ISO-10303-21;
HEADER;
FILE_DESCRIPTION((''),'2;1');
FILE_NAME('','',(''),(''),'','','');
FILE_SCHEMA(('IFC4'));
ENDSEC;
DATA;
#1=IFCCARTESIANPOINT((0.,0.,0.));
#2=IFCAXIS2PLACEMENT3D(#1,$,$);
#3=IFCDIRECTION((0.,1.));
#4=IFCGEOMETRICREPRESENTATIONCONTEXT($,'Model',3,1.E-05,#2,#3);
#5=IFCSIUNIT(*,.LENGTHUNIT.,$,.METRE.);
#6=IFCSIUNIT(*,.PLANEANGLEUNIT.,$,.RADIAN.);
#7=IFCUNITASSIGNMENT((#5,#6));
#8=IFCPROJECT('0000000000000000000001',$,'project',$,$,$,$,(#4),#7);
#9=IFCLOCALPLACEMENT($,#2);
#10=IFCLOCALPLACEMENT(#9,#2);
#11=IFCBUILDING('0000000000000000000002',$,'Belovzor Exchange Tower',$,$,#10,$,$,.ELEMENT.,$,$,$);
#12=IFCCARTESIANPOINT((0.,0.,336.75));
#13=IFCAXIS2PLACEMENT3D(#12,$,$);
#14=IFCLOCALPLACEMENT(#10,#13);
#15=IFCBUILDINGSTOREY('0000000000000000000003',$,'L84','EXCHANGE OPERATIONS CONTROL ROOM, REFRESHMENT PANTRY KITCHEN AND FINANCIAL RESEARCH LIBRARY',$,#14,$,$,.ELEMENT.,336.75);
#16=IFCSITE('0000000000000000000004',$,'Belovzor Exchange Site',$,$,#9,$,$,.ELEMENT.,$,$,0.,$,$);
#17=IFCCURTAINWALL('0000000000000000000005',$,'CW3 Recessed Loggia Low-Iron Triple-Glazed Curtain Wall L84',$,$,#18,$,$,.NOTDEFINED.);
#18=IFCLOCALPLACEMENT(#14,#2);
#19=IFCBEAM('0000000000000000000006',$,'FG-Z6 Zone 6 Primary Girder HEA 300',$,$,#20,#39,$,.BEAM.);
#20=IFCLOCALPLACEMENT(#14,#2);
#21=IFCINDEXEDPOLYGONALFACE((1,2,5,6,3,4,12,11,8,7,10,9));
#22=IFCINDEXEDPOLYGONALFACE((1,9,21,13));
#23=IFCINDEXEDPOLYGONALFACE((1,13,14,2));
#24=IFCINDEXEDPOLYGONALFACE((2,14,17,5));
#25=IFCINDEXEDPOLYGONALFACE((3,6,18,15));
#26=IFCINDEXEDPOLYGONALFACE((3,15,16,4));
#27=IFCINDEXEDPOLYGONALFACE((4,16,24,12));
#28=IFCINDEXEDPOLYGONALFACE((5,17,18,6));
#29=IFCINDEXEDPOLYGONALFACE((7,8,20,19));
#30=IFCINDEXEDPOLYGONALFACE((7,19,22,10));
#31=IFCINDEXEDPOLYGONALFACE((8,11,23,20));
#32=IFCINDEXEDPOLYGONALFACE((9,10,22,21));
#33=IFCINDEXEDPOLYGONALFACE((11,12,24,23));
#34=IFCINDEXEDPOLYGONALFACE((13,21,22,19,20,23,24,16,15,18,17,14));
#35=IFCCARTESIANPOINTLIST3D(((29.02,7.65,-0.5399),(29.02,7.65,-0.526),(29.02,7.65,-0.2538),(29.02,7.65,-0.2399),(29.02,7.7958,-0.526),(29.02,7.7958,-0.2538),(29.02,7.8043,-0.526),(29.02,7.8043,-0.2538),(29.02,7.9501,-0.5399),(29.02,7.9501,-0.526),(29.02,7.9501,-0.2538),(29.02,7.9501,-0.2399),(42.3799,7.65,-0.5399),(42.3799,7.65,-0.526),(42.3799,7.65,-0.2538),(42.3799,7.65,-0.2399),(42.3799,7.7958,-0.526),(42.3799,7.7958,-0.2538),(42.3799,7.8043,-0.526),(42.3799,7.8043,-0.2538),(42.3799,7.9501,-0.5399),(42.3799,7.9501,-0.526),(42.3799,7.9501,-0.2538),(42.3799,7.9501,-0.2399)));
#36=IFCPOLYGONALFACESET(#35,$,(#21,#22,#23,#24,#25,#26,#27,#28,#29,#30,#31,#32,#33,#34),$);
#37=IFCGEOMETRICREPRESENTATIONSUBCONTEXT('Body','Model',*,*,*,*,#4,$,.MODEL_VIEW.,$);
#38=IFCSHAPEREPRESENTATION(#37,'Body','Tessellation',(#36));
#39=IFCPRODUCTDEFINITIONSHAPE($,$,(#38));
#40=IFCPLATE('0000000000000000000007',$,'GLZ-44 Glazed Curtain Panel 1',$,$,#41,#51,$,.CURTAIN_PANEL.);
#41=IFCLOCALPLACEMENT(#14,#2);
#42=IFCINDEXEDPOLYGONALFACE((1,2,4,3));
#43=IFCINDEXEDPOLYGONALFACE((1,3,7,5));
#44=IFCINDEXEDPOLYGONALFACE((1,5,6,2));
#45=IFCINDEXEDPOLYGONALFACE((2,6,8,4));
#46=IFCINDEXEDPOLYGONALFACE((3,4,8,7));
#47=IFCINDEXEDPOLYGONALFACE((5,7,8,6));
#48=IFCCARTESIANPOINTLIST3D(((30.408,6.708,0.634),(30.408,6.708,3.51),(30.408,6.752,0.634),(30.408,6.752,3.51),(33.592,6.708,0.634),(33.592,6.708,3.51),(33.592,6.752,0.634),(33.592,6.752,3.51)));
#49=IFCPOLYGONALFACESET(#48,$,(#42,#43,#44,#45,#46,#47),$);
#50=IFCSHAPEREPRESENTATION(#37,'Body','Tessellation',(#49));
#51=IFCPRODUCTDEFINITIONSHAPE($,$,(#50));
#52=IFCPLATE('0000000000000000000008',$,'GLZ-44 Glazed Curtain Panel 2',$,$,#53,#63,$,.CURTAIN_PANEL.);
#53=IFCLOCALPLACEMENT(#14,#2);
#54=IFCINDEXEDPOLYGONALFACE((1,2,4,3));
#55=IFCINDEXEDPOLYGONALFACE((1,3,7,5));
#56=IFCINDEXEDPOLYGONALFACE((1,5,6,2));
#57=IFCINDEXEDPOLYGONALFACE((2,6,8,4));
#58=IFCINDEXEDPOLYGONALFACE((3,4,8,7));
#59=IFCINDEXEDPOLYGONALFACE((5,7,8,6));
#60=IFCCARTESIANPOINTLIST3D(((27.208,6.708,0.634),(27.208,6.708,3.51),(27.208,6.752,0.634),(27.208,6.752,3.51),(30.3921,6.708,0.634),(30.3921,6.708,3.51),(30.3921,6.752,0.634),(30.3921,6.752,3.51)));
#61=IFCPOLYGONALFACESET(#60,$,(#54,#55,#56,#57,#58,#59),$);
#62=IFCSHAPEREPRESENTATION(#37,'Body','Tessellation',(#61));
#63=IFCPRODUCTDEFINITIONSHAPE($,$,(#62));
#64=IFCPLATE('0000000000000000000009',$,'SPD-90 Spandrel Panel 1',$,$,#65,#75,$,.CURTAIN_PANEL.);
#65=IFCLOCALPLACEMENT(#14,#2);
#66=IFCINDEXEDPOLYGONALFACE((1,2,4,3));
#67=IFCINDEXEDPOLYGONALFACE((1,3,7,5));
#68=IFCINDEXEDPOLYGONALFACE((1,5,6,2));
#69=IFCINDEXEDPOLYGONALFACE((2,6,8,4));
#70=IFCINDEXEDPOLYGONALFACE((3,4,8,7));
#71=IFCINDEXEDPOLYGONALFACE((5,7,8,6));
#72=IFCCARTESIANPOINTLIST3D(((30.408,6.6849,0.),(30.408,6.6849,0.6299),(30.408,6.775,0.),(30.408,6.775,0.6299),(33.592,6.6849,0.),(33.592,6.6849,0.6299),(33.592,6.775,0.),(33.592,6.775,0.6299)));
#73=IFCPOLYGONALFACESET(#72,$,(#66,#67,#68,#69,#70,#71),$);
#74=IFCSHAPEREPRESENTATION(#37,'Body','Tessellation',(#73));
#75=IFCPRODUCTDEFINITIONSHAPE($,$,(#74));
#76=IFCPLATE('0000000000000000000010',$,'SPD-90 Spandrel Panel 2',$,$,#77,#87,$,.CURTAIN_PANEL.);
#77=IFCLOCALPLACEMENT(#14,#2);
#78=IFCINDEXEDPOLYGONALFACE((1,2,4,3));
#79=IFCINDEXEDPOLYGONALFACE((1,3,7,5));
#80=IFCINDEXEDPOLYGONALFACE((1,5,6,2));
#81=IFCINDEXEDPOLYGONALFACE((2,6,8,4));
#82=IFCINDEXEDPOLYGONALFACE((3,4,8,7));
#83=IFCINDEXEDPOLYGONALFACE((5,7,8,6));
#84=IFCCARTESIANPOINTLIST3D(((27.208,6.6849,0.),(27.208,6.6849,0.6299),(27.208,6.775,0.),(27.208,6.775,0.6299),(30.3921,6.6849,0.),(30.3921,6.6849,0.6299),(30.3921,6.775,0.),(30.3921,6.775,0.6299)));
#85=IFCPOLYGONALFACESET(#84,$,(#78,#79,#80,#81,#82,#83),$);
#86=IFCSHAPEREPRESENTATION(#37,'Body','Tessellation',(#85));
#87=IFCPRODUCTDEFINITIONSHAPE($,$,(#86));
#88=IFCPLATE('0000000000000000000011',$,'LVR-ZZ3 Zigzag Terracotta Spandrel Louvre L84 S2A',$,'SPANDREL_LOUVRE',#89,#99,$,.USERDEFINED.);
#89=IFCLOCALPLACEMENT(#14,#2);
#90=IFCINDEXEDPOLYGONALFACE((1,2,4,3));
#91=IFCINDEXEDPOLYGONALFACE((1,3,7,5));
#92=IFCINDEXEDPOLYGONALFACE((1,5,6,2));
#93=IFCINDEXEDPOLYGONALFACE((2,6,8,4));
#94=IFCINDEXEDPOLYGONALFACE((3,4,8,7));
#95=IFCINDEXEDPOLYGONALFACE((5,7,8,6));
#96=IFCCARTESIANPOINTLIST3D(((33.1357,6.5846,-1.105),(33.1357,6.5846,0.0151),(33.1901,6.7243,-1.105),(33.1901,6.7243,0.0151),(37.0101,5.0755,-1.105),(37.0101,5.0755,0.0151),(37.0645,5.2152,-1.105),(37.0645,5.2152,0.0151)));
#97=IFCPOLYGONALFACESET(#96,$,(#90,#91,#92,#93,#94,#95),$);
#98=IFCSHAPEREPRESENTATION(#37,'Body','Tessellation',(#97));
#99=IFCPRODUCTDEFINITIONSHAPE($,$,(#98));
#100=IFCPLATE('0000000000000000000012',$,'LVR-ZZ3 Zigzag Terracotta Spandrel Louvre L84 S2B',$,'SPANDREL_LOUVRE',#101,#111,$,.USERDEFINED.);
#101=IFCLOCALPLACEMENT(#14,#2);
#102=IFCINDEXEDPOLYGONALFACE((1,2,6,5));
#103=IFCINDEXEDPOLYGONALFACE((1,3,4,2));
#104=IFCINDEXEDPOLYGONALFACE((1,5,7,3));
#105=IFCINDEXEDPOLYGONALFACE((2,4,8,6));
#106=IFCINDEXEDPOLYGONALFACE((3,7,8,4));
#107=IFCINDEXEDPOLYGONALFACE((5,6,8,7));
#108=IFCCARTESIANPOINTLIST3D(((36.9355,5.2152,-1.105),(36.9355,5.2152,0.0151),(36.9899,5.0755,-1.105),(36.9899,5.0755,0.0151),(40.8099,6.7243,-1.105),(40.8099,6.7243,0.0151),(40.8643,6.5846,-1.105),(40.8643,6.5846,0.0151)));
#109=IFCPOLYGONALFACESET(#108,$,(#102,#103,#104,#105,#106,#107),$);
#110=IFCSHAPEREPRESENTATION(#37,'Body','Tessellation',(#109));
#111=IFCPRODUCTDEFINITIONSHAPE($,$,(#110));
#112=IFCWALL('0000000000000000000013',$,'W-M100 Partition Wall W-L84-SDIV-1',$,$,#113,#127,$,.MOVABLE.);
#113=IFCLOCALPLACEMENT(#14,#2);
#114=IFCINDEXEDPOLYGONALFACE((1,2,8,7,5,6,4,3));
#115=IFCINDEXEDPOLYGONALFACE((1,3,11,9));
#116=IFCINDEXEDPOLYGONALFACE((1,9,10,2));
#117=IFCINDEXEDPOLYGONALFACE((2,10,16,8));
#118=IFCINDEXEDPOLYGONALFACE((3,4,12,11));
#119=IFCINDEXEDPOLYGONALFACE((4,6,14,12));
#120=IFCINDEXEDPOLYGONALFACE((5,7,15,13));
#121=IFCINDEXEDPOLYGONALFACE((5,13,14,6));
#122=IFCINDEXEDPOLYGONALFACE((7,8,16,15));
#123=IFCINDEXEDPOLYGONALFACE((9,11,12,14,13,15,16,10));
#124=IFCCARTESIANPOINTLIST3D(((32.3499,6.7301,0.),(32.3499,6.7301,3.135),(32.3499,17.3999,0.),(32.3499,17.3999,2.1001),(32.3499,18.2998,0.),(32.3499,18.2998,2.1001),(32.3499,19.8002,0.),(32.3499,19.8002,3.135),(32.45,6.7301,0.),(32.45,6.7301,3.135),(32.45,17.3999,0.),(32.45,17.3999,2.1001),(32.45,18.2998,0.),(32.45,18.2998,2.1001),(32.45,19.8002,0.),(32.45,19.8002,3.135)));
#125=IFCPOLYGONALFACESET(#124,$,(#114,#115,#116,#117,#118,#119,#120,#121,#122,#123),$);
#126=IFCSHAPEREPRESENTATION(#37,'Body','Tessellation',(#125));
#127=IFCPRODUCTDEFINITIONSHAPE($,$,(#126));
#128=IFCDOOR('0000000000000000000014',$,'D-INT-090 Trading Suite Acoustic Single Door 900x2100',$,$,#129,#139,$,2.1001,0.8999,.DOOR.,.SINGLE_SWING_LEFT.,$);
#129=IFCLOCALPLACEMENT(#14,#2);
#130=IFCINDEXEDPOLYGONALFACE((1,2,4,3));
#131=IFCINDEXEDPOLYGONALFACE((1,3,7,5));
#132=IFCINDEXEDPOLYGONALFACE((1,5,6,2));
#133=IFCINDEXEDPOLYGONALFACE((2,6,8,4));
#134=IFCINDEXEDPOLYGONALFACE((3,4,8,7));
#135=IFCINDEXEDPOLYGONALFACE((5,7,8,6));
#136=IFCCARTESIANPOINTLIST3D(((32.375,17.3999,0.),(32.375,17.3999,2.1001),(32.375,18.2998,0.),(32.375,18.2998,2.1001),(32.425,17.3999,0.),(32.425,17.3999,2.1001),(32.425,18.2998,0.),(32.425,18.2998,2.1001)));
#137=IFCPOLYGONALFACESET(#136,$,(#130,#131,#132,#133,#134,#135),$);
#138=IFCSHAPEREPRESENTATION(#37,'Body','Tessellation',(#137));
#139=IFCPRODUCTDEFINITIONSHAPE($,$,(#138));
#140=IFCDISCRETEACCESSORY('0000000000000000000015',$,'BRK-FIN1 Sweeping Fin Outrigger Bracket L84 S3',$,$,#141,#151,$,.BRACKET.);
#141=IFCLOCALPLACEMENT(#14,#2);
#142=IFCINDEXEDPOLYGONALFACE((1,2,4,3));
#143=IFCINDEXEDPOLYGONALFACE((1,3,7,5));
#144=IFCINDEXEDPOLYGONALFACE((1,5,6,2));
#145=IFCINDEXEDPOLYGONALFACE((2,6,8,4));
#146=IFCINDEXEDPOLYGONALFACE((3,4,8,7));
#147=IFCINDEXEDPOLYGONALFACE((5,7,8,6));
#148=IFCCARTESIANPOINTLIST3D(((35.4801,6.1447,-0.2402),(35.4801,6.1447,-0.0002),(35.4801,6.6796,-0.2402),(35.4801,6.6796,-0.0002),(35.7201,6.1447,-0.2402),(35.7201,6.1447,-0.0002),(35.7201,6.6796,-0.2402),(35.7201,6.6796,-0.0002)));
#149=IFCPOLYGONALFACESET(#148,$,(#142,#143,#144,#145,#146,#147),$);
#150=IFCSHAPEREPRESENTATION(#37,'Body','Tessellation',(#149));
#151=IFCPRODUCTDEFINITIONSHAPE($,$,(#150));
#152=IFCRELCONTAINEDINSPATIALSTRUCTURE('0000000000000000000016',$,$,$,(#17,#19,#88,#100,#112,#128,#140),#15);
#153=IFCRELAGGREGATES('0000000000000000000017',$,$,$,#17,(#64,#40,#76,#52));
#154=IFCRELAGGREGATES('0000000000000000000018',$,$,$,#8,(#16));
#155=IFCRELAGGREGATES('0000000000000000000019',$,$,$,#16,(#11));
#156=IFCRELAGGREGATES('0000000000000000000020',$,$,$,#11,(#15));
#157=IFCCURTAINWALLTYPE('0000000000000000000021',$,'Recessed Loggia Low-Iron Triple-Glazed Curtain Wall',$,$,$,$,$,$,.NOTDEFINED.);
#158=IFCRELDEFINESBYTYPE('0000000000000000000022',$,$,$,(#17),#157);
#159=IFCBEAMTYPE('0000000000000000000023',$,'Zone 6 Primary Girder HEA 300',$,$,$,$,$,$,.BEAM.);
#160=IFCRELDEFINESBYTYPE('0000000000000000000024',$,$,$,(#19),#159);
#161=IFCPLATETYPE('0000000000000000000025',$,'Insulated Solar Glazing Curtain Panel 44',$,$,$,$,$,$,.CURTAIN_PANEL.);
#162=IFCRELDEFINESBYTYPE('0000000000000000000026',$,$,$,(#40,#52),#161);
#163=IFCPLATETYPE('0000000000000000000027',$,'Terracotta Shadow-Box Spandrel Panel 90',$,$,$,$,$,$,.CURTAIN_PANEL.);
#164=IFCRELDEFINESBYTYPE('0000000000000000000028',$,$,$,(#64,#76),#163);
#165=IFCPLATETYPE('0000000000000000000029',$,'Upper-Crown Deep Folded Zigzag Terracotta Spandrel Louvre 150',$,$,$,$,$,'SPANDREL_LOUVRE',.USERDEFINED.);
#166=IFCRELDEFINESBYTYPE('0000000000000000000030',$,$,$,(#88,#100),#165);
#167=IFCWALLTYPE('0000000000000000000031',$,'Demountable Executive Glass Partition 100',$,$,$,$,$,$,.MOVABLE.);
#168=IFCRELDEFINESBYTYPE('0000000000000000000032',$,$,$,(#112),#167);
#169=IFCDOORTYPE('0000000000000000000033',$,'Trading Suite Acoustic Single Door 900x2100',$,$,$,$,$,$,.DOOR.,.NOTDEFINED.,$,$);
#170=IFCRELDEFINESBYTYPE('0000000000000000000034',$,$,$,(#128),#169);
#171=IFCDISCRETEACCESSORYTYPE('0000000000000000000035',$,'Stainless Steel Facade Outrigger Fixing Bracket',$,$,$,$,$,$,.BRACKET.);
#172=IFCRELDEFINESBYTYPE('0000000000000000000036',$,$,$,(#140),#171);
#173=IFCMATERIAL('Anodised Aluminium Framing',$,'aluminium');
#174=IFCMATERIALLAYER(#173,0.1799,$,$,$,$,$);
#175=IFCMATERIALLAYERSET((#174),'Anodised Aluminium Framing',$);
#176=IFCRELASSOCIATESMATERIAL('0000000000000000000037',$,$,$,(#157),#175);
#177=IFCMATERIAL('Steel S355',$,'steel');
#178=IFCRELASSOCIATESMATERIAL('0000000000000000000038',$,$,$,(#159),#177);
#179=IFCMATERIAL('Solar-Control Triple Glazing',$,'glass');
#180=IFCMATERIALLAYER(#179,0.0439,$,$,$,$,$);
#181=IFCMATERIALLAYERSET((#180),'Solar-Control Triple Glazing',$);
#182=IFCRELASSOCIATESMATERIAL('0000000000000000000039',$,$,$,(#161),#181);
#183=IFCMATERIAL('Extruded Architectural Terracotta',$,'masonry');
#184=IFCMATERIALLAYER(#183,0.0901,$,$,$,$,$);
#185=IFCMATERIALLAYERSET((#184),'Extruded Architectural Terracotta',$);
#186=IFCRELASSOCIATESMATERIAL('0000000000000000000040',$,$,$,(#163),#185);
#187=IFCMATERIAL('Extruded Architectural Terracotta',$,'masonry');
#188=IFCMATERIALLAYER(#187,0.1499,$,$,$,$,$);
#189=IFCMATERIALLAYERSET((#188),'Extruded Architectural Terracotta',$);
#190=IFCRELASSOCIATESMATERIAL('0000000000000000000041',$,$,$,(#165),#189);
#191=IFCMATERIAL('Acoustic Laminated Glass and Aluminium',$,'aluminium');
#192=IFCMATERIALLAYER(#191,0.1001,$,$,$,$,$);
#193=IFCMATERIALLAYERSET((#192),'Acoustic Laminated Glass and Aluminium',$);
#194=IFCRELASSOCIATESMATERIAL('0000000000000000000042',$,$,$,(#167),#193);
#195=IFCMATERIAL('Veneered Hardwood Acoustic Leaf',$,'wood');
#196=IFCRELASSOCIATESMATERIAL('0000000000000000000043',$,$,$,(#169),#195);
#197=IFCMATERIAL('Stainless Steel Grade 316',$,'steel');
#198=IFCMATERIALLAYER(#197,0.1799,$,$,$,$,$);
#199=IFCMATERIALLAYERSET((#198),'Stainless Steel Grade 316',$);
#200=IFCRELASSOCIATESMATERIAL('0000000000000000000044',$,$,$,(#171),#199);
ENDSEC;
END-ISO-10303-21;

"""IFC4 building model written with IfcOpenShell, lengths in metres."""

from ifc_helpers import new_model, si_unit, direction, frame, frame_2d, origin, origin_2d, place, context, subcontext, project, spatial, rectangle, i_section, extrude, material, layer, layer_set, material_profile, profile_set, type_object, element, fill, aggregate, save


model = new_model("IFC4")

# Units and contexts
model_context = context("Model", 3, precision=1e-05, world=origin(), true_north=direction((0.0, 1.0)))
body_context = subcontext(model_context, "Body", "Model", "MODEL_VIEW")
ifc_project = project(units=[si_unit("LENGTHUNIT", "METRE"), si_unit("PLANEANGLEUNIT", "RADIAN")], contexts=[model_context])

# Site, building, storey
site_placement = place(None, origin())
site = spatial("IfcSite", under=ifc_project, at=site_placement, Name="Belovzor Exchange Site", CompositionType="ELEMENT", RefElevation=0.0)
building_placement = place(site_placement, origin())
building = spatial("IfcBuilding", under=site, at=building_placement, Name="Belovzor Exchange Tower", CompositionType="ELEMENT")
storey_placement = place(building_placement, frame((0.0, 0.0, 336.75)))
storey = spatial("IfcBuildingStorey", under=building, at=storey_placement, Name="L84", Description="EXCHANGE OPERATIONS CONTROL ROOM, REFRESHMENT PANTRY KITCHEN AND FINANCIAL RESEARCH LIBRARY", CompositionType="ELEMENT", Elevation=336.75)

# Curtain wall
ifc_material_1 = material(Name="Anodised Aluminium Framing", Category="aluminium")
ifc_layer_1 = layer(ifc_material_1, 0.1799)
ifc_layer_set_1 = layer_set([ifc_layer_1], Name="Anodised Aluminium Framing")
curtain_wall_type = type_object("IfcCurtainWallType", Name="Recessed Loggia Low-Iron Triple-Glazed Curtain Wall", PredefinedType="NOTDEFINED", material=ifc_layer_set_1)
curtain_wall_placement = place(storey_placement, origin())
curtain_wall = element("IfcCurtainWall", 1, at=curtain_wall_placement, inside=storey, type_object=curtain_wall_type, Name="CW3 Recessed Loggia Low-Iron Triple-Glazed Curtain Wall L84", PredefinedType="NOTDEFINED")

# Beam
ifc_material_2 = material(Name="Steel S355", Category="steel")
ifc_material_profile_1 = material_profile(ifc_material_2, i_section(OverallWidth=0.3, OverallDepth=0.3, WebThickness=0.0085, FlangeThickness=0.0139, at=origin_2d()))
ifc_profile_set_1 = profile_set([ifc_material_profile_1], Name="Steel S355")
beam_type_1 = type_object("IfcBeamType", Name="Zone 6 Primary Girder HEA 300", PredefinedType="BEAM", material=ifc_profile_set_1)
beam_1_placement = place(storey_placement, frame((29.02, 7.8, -0.3899), z_axis=(1.0, 0.0, 0.0), x_axis=(0.0, 1.0, 0.0)))
element("IfcBeam", 2, at=beam_1_placement, inside=storey, type_object=beam_type_1, Name="FG-Z6 Zone 6 Primary Girder HEA 300", PredefinedType="BEAM", context=body_context, shape_type="SweptSolid", body=[
    extrude(i_section(OverallWidth=0.3, OverallDepth=0.3, WebThickness=0.0085, FlangeThickness=0.0139, at=origin_2d()), origin(), (0.0, 0.0, 1.0), 13.3599),
])

# Plates
ifc_material_3 = material(Name="Solar-Control Triple Glazing", Category="glass")
ifc_layer_2 = layer(ifc_material_3, 0.0439)
ifc_layer_set_2 = layer_set([ifc_layer_2], Name="Solar-Control Triple Glazing")
plate_type_1 = type_object("IfcPlateType", Name="Insulated Solar Glazing Curtain Panel 44", PredefinedType="CURTAIN_PANEL", material=ifc_layer_set_2)
plate_1_placement = place(storey_placement, frame((32.0, 6.73, 0.634), z_axis=(0.0, 0.0, 1.0), x_axis=(-1.0, 0.0, 0.0)))
plate_1 = element("IfcPlate", 3, at=plate_1_placement, type_object=plate_type_1, Name="GLZ-44 Glazed Curtain Panel 1", PredefinedType="CURTAIN_PANEL", context=body_context, shape_type="SweptSolid", body=[
    extrude(rectangle(XDim=3.1841, YDim=0.0439, at=origin_2d()), origin(), (0.0, 0.0, 1.0), 2.876),
])
plate_2_placement = place(storey_placement, frame((28.8, 6.73, 0.634), z_axis=(0.0, 0.0, 1.0), x_axis=(-1.0, 0.0, 0.0)))
plate_2 = element("IfcPlate", 4, at=plate_2_placement, type_object=plate_type_1, Name="GLZ-44 Glazed Curtain Panel 2", PredefinedType="CURTAIN_PANEL", context=body_context, shape_type="SweptSolid", body=[
    extrude(rectangle(XDim=3.1841, YDim=0.0439, at=origin_2d()), origin(), (0.0, 0.0, 1.0), 2.876),
])
ifc_material_4 = material(Name="Extruded Architectural Terracotta", Category="masonry")
ifc_layer_3 = layer(ifc_material_4, 0.0901)
ifc_layer_set_3 = layer_set([ifc_layer_3], Name="Extruded Architectural Terracotta")
plate_type_2 = type_object("IfcPlateType", Name="Terracotta Shadow-Box Spandrel Panel 90", PredefinedType="CURTAIN_PANEL", material=ifc_layer_set_3)
plate_3_placement = place(storey_placement, frame((32.0, 6.73, 0.0), z_axis=(0.0, 0.0, 1.0), x_axis=(-1.0, 0.0, 0.0)))
plate_3 = element("IfcPlate", 5, at=plate_3_placement, type_object=plate_type_2, Name="SPD-90 Spandrel Panel 1", PredefinedType="CURTAIN_PANEL", context=body_context, shape_type="SweptSolid", body=[
    extrude(rectangle(XDim=3.1841, YDim=0.0901, at=origin_2d()), origin(), (0.0, 0.0, 1.0), 0.6299),
])
plate_4_placement = place(storey_placement, frame((28.8, 6.73, 0.0), z_axis=(0.0, 0.0, 1.0), x_axis=(-1.0, 0.0, 0.0)))
plate_4 = element("IfcPlate", 6, at=plate_4_placement, type_object=plate_type_2, Name="SPD-90 Spandrel Panel 2", PredefinedType="CURTAIN_PANEL", context=body_context, shape_type="SweptSolid", body=[
    extrude(rectangle(XDim=3.1841, YDim=0.0901, at=origin_2d()), origin(), (0.0, 0.0, 1.0), 0.6299),
])
aggregate(curtain_wall, [plate_3, plate_1, plate_4, plate_2])

# Plates
ifc_material_5 = material(Name="Extruded Architectural Terracotta", Category="masonry")
ifc_layer_4 = layer(ifc_material_5, 0.1499)
ifc_layer_set_4 = layer_set([ifc_layer_4], Name="Extruded Architectural Terracotta")
plate_type_3 = type_object("IfcPlateType", Name="Upper-Crown Deep Folded Zigzag Terracotta Spandrel Louvre 150", ElementType="SPANDREL_LOUVRE", PredefinedType="USERDEFINED", material=ifc_layer_set_4)
for number, where, z_axis, x_axis, name in (
    (7, (35.1001, 5.8999, -1.105), (0.0, 0.0, 1.0), (0.931818, -0.362926, 0.0), "LVR-ZZ3 Zigzag Terracotta Spandrel Louvre L84 S2A"),
    (8, (38.8999, 5.8999, -1.105), (0.0, 0.0, 1.0), (0.931818, 0.362926, 0.0), "LVR-ZZ3 Zigzag Terracotta Spandrel Louvre L84 S2B"),
):
    element("IfcPlate", number, at=place(storey_placement, frame(where, z_axis=z_axis, x_axis=x_axis)), inside=storey, type_object=plate_type_3, Name=name, ObjectType="SPANDREL_LOUVRE", PredefinedType="USERDEFINED", context=body_context, shape_type="SweptSolid", body=[
        extrude(rectangle(XDim=4.158, YDim=0.1499, at=origin_2d()), origin(), (0.0, 0.0, 1.0), 1.1201),
    ])

# Wall, opening, door
ifc_material_6 = material(Name="Acoustic Laminated Glass and Aluminium", Category="aluminium")
ifc_layer_5 = layer(ifc_material_6, 0.1001)
ifc_layer_set_5 = layer_set([ifc_layer_5], Name="Acoustic Laminated Glass and Aluminium")
wall_type = type_object("IfcWallType", Name="Demountable Executive Glass Partition 100", PredefinedType="MOVABLE", material=ifc_layer_set_5)
wall_placement = place(storey_placement, frame((32.3999, 6.73, 0.0), z_axis=(0.0, 0.0, 1.0), x_axis=(0.0, 1.0, 0.0)))
wall = element("IfcWall", 9, at=wall_placement, inside=storey, type_object=wall_type, Name="W-M100 Partition Wall W-L84-SDIV-1", PredefinedType="MOVABLE", context=body_context, shape_type="SweptSolid", body=[
    extrude(rectangle(XDim=13.0701, YDim=0.1001, at=frame_2d((6.5352, 0.0))), origin(), (0.0, 0.0, 1.0), 3.135),
])
opening_placement = place(wall_placement, frame((10.6699, 0.0, 0.0)))
opening = element("IfcOpeningElement", 10, at=opening_placement, cuts=wall, PredefinedType="OPENING", context=body_context, shape_type="SweptSolid", body=[
    extrude(rectangle(XDim=0.8999, YDim=2.1001, at=frame_2d((0.45, 1.05))), frame((0.0, 0.0601, 0.0), z_axis=(0.0, -1.0, 0.0), x_axis=(1.0, 0.0, 0.0)), (0.0, 0.0, 1.0), 0.1201),
])
ifc_material_7 = material(Name="Veneered Hardwood Acoustic Leaf", Category="wood")
door_type = type_object("IfcDoorType", Name="Trading Suite Acoustic Single Door 900x2100", OperationType="NOTDEFINED", PredefinedType="DOOR", material=ifc_material_7)
door_placement = place(opening_placement, origin())
door = element("IfcDoor", 11, at=door_placement, inside=storey, type_object=door_type, Name="D-INT-090 Trading Suite Acoustic Single Door 900x2100", OperationType="SINGLE_SWING_LEFT", OverallHeight=2.1001, OverallWidth=0.8999, PredefinedType="DOOR", context=body_context, shape_type="SweptSolid", body=[
    extrude(rectangle(XDim=0.8999, YDim=2.1001, at=frame_2d((0.45, 1.05))), frame((0.0, 0.0249, 0.0), z_axis=(0.0, -1.0, 0.0), x_axis=(1.0, 0.0, 0.0)), (0.0, 0.0, 1.0), 0.05),
])
fill(opening, door)

# Discrete accessory
ifc_material_8 = material(Name="Stainless Steel Grade 316", Category="steel")
ifc_layer_6 = layer(ifc_material_8, 0.1799)
ifc_layer_set_6 = layer_set([ifc_layer_6], Name="Stainless Steel Grade 316")
discrete_accessory_type = type_object("IfcDiscreteAccessoryType", Name="Stainless Steel Facade Outrigger Fixing Bracket", PredefinedType="BRACKET", material=ifc_layer_set_6)
discrete_accessory_placement = place(storey_placement, frame((35.6001, 6.4121, -0.2402), z_axis=(0.0, 0.0, 1.0), x_axis=(0.0, 1.0, 0.0)))
element("IfcDiscreteAccessory", 12, at=discrete_accessory_placement, inside=storey, type_object=discrete_accessory_type, Name="BRK-FIN1 Sweeping Fin Outrigger Bracket L84 S3", PredefinedType="BRACKET", context=body_context, shape_type="SweptSolid", body=[
    extrude(rectangle(XDim=0.5349, YDim=0.24, at=origin_2d()), origin(), (0.0, 0.0, 1.0), 0.24),
])

save(model, "model.ifc")
